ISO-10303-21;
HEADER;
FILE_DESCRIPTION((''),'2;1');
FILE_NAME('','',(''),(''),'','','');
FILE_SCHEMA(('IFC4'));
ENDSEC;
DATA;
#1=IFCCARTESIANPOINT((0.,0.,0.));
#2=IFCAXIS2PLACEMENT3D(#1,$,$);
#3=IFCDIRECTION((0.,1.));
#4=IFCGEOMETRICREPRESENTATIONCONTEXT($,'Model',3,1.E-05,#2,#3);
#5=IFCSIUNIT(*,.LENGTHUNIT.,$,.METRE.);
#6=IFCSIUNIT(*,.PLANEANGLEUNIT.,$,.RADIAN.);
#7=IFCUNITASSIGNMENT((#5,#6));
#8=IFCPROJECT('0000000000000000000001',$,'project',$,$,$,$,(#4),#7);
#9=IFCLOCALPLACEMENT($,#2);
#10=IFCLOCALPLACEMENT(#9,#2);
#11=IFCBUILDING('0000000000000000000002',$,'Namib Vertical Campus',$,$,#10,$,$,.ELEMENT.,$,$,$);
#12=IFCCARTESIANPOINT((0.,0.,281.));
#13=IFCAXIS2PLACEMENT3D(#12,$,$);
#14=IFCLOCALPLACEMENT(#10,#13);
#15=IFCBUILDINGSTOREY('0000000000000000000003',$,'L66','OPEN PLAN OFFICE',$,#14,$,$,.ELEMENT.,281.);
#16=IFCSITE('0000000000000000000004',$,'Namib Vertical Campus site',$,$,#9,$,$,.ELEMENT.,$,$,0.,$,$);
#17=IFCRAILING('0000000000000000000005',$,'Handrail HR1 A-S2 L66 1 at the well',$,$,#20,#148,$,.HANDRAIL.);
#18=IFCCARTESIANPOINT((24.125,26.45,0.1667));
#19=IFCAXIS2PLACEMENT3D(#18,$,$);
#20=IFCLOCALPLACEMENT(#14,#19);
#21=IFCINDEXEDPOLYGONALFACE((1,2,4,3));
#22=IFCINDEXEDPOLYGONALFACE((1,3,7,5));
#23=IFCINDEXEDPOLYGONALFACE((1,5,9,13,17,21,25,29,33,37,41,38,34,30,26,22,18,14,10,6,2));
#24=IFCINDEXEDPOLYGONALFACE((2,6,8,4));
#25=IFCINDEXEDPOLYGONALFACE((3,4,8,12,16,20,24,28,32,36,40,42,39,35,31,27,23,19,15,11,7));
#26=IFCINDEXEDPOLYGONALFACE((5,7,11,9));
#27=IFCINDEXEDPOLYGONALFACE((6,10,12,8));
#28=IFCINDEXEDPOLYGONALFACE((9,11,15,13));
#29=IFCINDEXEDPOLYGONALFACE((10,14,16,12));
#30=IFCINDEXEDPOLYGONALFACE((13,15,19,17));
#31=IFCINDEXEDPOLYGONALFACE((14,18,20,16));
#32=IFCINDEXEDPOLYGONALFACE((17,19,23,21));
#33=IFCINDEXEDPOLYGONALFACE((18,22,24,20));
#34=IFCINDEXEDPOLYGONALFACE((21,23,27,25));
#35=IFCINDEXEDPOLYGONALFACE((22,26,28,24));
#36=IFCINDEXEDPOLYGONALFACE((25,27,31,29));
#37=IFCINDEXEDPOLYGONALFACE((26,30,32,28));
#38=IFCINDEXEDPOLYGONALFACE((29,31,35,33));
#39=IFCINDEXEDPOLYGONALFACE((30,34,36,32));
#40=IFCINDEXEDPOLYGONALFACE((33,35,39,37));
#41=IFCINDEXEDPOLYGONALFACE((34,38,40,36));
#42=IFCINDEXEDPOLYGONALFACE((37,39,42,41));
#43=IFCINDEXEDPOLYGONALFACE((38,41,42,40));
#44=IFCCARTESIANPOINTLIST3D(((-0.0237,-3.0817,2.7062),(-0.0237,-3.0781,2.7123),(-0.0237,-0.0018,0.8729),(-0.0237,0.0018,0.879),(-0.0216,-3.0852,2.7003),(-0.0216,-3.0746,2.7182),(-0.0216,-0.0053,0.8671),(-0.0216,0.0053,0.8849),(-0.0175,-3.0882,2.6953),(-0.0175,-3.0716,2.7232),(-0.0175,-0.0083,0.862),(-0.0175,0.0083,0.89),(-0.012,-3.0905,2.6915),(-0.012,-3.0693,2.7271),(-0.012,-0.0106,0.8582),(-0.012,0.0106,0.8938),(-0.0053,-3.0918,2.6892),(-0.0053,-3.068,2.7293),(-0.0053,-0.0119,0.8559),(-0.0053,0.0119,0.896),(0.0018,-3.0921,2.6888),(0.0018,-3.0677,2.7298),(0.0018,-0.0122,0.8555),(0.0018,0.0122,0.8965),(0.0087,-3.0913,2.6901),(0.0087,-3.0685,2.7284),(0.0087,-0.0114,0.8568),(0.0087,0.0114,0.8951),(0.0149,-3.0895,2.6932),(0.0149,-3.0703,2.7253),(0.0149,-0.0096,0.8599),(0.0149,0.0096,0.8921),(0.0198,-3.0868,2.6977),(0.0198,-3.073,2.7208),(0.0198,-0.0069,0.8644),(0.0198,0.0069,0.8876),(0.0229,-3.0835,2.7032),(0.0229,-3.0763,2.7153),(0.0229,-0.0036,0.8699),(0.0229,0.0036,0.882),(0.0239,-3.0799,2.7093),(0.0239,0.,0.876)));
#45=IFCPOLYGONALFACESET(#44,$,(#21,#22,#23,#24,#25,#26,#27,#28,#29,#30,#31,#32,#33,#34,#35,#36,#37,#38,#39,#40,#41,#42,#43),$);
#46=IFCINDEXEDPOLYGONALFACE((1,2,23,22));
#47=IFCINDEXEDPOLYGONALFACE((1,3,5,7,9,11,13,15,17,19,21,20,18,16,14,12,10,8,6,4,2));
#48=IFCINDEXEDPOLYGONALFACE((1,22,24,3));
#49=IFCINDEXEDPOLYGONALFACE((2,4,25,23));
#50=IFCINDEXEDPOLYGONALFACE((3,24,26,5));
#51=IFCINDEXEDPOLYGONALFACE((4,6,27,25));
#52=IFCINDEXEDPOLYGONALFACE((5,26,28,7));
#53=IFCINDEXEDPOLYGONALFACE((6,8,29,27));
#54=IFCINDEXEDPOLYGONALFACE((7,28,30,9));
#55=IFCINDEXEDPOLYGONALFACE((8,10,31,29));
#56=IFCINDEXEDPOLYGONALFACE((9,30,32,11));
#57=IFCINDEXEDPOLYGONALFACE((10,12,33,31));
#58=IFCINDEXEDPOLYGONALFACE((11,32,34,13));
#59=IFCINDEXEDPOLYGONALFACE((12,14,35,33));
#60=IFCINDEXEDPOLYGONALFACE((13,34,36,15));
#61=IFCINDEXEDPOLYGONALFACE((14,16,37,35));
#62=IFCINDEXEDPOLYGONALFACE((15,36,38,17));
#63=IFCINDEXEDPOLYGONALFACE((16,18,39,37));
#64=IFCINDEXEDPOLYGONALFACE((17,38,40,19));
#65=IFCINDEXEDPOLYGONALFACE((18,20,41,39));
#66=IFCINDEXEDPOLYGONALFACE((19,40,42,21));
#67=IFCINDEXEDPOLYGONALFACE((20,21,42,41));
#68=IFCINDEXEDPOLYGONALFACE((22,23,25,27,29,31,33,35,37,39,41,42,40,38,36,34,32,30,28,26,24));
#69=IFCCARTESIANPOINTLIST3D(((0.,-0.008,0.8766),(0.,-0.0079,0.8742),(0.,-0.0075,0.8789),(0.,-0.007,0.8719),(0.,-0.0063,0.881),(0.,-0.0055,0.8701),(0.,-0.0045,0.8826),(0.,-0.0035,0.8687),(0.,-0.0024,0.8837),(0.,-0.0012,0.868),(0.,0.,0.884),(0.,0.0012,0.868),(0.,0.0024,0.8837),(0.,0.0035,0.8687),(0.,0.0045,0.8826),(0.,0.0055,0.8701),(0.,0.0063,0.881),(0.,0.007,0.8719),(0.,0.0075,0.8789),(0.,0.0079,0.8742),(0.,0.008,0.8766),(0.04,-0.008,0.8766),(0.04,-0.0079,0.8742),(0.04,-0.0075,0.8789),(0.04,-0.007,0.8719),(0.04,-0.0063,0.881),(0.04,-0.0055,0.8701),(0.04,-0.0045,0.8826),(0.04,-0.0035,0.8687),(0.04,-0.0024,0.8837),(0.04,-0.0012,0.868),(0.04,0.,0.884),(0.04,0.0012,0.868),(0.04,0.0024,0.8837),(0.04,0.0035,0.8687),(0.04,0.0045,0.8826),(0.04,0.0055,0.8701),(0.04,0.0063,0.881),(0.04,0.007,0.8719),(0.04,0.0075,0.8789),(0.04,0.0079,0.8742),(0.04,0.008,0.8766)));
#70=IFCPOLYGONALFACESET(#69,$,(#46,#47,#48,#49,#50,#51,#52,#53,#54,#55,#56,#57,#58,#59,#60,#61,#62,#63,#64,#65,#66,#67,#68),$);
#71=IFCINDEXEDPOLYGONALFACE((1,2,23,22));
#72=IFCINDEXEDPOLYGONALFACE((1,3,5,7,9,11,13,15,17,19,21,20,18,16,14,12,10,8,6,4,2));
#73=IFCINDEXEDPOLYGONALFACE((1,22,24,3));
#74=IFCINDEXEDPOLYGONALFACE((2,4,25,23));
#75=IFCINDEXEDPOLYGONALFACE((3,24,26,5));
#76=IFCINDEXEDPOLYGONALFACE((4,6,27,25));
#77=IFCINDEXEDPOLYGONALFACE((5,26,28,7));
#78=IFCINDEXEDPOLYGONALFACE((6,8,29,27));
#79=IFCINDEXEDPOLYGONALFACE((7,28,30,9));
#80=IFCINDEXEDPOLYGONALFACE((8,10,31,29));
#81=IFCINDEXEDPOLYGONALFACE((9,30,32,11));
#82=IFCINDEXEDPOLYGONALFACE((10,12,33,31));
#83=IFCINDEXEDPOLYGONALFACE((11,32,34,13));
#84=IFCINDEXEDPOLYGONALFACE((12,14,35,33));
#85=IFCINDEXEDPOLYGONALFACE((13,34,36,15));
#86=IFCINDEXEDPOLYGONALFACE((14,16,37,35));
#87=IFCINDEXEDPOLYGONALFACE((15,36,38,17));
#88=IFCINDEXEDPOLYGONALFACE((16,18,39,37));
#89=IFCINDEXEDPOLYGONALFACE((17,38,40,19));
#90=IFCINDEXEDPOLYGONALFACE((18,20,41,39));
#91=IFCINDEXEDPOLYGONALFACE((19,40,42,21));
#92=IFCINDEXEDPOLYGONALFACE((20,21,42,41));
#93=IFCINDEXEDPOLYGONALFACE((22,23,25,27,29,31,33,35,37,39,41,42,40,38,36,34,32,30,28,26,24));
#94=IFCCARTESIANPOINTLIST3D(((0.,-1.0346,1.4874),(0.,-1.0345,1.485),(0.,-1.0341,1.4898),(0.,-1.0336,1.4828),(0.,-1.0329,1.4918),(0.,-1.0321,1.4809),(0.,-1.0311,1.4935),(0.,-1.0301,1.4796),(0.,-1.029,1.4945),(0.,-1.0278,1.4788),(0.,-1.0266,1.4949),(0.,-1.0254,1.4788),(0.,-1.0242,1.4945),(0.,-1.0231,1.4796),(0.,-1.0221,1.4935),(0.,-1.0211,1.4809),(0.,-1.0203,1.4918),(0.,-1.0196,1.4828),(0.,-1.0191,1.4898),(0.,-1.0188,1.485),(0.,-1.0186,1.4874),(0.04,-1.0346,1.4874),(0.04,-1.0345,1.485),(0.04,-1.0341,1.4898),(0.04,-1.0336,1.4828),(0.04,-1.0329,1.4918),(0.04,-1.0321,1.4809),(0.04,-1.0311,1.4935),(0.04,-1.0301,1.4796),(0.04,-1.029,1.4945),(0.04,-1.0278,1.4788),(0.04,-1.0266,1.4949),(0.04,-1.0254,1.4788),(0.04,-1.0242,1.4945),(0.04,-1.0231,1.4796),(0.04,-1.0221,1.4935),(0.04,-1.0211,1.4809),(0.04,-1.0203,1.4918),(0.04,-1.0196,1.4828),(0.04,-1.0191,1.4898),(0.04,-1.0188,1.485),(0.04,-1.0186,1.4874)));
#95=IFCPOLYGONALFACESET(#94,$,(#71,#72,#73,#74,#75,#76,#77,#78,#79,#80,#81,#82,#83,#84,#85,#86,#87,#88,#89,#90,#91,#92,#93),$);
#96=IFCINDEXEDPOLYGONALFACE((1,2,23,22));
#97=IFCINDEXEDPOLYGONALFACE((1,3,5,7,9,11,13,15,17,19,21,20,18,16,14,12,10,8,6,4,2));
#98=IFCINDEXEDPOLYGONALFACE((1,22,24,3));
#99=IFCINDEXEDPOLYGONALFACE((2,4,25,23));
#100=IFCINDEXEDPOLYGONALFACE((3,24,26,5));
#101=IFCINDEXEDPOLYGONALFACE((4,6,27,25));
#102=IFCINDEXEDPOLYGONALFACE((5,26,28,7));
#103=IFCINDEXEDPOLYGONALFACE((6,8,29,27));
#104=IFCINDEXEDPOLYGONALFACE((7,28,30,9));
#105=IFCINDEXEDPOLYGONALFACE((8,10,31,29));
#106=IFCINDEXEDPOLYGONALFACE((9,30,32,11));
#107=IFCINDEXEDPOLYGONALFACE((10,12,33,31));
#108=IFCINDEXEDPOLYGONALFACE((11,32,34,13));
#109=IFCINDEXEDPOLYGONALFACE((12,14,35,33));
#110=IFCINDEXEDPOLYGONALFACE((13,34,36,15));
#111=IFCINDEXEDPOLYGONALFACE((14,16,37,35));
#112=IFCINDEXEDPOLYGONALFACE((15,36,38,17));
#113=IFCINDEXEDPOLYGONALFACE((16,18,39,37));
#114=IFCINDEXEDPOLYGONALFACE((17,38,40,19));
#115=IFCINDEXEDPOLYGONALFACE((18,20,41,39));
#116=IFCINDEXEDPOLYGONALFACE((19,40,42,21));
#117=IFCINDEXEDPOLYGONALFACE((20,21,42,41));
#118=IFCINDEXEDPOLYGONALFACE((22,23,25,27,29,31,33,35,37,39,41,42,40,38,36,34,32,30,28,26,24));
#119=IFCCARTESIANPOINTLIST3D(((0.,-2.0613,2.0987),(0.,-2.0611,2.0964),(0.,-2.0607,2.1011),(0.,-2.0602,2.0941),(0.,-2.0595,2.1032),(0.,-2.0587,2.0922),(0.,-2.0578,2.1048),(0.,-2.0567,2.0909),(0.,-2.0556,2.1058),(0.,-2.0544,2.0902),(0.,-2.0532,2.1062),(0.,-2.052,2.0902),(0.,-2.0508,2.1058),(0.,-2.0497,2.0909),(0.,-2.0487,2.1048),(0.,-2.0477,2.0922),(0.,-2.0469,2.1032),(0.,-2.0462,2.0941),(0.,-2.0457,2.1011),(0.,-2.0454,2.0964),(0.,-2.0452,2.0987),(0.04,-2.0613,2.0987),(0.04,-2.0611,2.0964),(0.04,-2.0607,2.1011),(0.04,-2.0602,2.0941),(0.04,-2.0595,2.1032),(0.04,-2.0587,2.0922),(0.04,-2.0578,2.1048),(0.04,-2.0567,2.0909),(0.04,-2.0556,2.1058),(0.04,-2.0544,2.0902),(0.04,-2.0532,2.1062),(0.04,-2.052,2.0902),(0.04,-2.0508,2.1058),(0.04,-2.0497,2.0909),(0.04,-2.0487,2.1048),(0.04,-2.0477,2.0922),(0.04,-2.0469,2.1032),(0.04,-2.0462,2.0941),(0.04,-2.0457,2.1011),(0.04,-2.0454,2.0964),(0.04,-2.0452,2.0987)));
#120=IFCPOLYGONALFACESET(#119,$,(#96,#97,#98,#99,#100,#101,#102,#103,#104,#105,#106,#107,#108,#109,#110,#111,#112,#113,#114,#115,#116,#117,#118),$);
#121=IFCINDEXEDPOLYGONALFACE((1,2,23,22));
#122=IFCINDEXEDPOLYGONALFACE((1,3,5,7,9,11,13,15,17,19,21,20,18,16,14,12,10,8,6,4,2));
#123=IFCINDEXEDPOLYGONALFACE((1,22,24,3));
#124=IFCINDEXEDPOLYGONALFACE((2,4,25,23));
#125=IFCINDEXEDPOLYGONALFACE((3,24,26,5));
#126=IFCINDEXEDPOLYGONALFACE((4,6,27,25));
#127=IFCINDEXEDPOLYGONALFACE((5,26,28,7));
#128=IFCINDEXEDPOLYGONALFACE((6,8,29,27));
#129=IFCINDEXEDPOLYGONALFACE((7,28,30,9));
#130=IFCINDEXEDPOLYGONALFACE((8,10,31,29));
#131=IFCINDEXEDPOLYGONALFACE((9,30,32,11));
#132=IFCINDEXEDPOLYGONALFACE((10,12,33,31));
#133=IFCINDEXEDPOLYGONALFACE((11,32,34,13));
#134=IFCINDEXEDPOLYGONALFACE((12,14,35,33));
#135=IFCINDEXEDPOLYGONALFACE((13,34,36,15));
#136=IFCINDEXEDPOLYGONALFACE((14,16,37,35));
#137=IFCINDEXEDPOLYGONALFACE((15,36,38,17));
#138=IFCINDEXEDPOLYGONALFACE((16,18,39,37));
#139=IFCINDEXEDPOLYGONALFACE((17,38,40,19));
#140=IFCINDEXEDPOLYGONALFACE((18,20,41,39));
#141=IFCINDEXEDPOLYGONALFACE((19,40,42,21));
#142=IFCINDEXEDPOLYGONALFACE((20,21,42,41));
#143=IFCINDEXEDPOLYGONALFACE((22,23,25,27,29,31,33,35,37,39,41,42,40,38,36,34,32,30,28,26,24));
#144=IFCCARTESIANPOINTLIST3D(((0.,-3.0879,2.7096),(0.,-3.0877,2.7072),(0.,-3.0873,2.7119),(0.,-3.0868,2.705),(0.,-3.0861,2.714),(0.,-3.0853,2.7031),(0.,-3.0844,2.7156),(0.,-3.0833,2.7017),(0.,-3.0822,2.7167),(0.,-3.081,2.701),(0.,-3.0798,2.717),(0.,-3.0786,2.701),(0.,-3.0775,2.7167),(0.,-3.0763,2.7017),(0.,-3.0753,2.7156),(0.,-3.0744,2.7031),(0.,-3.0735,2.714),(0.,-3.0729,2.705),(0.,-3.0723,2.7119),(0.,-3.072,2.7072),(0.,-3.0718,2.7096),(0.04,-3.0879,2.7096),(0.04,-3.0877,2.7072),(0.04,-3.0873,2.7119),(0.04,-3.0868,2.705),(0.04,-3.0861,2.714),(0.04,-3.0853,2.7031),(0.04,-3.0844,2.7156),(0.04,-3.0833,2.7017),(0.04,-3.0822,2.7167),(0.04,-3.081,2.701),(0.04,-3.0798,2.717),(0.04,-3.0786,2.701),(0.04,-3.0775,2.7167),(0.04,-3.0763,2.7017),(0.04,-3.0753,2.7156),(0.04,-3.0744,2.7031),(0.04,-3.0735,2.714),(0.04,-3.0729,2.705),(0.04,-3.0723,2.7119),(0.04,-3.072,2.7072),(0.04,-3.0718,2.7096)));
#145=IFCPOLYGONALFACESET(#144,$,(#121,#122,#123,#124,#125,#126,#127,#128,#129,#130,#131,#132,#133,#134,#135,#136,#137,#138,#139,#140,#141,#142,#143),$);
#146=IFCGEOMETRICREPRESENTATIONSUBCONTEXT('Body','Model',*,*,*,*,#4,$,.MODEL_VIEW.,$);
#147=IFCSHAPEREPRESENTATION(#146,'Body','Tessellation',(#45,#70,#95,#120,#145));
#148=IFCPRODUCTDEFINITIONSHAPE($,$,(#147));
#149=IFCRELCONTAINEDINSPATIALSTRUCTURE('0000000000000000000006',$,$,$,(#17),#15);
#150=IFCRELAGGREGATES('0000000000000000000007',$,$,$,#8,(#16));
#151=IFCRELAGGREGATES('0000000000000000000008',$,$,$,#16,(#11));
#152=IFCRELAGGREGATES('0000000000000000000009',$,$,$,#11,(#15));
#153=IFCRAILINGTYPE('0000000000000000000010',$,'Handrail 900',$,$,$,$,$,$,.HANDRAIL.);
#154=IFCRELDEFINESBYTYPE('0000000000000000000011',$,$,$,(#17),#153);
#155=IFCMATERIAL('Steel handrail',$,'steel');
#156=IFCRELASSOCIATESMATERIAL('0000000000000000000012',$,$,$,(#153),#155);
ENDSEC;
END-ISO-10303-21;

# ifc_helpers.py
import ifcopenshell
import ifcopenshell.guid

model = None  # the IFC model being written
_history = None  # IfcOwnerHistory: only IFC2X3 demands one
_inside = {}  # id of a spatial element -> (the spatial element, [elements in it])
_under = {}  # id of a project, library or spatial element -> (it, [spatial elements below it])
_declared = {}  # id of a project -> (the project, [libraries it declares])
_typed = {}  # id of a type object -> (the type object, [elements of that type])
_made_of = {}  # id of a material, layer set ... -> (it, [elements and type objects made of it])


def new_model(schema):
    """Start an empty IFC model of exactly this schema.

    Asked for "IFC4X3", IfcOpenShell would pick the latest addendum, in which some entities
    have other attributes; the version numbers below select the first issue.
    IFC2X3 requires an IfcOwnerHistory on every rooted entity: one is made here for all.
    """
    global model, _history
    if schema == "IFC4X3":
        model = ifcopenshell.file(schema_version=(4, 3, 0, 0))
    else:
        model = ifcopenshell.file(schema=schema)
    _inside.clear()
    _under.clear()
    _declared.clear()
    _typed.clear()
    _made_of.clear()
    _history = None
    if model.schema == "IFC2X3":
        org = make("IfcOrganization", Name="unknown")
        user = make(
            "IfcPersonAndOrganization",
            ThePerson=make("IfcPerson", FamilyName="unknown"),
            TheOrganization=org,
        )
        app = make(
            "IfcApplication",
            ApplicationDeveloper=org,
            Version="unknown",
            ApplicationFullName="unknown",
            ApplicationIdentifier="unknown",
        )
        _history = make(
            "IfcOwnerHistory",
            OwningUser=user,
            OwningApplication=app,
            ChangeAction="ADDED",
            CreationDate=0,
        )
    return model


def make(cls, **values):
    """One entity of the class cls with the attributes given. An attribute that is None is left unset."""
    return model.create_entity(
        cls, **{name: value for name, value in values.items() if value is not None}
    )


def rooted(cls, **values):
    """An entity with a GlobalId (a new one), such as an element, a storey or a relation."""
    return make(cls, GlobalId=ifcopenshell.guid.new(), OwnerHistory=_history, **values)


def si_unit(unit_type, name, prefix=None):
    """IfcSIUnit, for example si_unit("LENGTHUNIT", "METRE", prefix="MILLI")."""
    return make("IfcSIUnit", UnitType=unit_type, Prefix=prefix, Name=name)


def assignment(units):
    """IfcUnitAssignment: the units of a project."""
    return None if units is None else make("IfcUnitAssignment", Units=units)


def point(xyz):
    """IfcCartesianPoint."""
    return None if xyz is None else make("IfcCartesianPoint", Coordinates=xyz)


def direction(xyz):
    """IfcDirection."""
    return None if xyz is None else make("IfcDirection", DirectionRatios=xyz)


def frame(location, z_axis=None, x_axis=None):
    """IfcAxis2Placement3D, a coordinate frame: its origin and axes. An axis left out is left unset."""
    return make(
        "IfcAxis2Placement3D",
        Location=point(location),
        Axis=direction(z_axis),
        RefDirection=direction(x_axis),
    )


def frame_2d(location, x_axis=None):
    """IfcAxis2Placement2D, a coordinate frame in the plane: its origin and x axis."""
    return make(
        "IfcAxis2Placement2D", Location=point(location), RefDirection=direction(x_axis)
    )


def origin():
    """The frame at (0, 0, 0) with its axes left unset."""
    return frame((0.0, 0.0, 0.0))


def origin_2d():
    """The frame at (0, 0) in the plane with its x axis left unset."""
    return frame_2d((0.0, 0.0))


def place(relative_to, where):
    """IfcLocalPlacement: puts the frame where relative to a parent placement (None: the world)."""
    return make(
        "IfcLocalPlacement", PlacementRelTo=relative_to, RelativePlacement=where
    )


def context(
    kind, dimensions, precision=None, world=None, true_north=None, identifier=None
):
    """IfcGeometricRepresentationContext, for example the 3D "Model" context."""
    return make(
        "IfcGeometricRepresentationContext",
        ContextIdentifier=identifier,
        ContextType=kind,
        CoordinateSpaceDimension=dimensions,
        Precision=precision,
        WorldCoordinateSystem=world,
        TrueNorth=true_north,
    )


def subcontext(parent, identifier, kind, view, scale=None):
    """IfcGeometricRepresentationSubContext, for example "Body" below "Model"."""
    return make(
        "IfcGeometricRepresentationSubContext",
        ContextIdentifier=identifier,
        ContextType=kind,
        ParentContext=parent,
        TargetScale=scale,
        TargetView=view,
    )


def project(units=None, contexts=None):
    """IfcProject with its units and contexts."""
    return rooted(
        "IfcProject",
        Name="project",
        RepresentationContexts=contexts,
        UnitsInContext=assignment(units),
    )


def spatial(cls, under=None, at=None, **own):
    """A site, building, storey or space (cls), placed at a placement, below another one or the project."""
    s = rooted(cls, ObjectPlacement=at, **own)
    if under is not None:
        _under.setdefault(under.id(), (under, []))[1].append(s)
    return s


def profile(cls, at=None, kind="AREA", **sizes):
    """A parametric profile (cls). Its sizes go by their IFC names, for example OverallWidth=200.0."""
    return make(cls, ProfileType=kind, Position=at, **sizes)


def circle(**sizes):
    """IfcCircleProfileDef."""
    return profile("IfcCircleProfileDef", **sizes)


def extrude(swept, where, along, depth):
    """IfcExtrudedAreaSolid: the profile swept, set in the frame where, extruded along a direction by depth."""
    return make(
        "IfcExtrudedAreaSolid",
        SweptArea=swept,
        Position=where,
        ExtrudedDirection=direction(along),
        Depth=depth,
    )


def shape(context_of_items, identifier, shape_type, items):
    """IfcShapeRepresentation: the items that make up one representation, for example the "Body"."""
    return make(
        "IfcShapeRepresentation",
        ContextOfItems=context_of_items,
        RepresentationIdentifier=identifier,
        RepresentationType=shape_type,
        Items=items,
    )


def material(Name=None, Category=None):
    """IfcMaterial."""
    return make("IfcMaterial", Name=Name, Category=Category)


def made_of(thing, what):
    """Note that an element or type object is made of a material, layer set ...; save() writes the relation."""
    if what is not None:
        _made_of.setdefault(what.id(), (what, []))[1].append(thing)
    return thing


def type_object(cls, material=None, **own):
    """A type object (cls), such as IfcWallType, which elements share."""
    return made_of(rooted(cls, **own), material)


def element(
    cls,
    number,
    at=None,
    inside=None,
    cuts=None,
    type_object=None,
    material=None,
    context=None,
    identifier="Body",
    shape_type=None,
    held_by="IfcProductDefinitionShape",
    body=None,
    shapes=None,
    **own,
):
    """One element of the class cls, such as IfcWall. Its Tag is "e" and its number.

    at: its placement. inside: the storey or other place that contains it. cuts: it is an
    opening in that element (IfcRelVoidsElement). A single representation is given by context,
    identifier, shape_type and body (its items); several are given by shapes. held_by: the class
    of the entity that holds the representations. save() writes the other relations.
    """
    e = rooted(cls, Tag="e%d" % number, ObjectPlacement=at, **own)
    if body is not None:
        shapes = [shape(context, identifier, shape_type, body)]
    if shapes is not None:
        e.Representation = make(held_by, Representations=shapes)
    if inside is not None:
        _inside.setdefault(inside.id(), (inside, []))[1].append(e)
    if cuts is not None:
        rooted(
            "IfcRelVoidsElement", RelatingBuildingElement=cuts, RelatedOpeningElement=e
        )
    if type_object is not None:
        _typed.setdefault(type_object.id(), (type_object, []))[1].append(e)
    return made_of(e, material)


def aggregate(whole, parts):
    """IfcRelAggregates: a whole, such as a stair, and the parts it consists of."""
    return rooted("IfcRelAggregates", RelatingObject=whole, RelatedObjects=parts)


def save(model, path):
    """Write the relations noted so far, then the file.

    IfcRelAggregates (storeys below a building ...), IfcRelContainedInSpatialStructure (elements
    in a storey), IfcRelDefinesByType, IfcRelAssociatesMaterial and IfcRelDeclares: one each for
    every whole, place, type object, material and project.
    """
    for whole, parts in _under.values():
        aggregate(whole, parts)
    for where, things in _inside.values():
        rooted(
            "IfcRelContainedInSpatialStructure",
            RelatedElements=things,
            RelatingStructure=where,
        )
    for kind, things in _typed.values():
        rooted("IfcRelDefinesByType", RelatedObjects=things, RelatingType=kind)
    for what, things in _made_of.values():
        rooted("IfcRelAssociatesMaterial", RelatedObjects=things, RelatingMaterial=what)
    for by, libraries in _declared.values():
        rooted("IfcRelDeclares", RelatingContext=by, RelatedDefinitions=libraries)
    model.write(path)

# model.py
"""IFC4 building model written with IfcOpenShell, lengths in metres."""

from ifc_helpers import new_model, si_unit, direction, frame, origin, origin_2d, place, context, subcontext, project, spatial, circle, extrude, material, type_object, element, save


model = new_model("IFC4")

# Units and contexts
model_context = context("Model", 3, precision=1e-05, world=origin(), true_north=direction((0.0, 1.0)))
body_context = subcontext(model_context, "Body", "Model", "MODEL_VIEW")
ifc_project = project(units=[si_unit("LENGTHUNIT", "METRE"), si_unit("PLANEANGLEUNIT", "RADIAN")], contexts=[model_context])

# Site, building, storey
site_placement = place(None, origin())
site = spatial("IfcSite", under=ifc_project, at=site_placement, Name="Namib Vertical Campus site", CompositionType="ELEMENT", RefElevation=0.0)
building_placement = place(site_placement, origin())
building = spatial("IfcBuilding", under=site, at=building_placement, Name="Namib Vertical Campus", CompositionType="ELEMENT")
storey_placement = place(building_placement, frame((0.0, 0.0, 281.0)))
storey = spatial("IfcBuildingStorey", under=building, at=storey_placement, Name="L66", Description="OPEN PLAN OFFICE", CompositionType="ELEMENT", Elevation=281.0)

# Railing
ifc_material_1 = material(Name="Steel handrail", Category="steel")
railing_type_1 = type_object("IfcRailingType", Name="Handrail 900", PredefinedType="HANDRAIL", material=ifc_material_1)
railing_1_placement = place(storey_placement, frame((24.125, 26.45, 0.1667)))
element("IfcRailing", 1, at=railing_1_placement, inside=storey, type_object=railing_type_1, Name="Handrail HR1 A-S2 L66 1 at the well", PredefinedType="HANDRAIL", context=body_context, shape_type="SweptSolid", body=[
    extrude(circle(Radius=0.0239, at=origin_2d()), frame((0.0, 0.0, 0.876), z_axis=(0.0, -0.859291, 0.511487), x_axis=(1.0, 0.0, 0.0)), (0.0, 0.0, 1.0), 3.5842),
    extrude(circle(Radius=0.0081, at=origin_2d()), frame((0.0, 0.0, 0.876), z_axis=(1.0, 0.0, 0.0), x_axis=(0.0, 0.0, 1.0)), (0.0, 0.0, 1.0), 0.04),
    extrude(circle(Radius=0.0081, at=origin_2d()), frame((0.0, -1.0266, 1.4868), z_axis=(1.0, 0.0, 0.0), x_axis=(0.0, 0.0, 1.0)), (0.0, 0.0, 1.0), 0.04),
    extrude(circle(Radius=0.0081, at=origin_2d()), frame((0.0, -2.0532, 2.0981), z_axis=(1.0, 0.0, 0.0), x_axis=(0.0, 0.0, 1.0)), (0.0, 0.0, 1.0), 0.04),
    extrude(circle(Radius=0.0081, at=origin_2d()), frame((0.0, -3.0798, 2.709), z_axis=(1.0, 0.0, 0.0), x_axis=(0.0, 0.0, 1.0)), (0.0, 0.0, 1.0), 0.04),
])

save(model, "model.ifc")
